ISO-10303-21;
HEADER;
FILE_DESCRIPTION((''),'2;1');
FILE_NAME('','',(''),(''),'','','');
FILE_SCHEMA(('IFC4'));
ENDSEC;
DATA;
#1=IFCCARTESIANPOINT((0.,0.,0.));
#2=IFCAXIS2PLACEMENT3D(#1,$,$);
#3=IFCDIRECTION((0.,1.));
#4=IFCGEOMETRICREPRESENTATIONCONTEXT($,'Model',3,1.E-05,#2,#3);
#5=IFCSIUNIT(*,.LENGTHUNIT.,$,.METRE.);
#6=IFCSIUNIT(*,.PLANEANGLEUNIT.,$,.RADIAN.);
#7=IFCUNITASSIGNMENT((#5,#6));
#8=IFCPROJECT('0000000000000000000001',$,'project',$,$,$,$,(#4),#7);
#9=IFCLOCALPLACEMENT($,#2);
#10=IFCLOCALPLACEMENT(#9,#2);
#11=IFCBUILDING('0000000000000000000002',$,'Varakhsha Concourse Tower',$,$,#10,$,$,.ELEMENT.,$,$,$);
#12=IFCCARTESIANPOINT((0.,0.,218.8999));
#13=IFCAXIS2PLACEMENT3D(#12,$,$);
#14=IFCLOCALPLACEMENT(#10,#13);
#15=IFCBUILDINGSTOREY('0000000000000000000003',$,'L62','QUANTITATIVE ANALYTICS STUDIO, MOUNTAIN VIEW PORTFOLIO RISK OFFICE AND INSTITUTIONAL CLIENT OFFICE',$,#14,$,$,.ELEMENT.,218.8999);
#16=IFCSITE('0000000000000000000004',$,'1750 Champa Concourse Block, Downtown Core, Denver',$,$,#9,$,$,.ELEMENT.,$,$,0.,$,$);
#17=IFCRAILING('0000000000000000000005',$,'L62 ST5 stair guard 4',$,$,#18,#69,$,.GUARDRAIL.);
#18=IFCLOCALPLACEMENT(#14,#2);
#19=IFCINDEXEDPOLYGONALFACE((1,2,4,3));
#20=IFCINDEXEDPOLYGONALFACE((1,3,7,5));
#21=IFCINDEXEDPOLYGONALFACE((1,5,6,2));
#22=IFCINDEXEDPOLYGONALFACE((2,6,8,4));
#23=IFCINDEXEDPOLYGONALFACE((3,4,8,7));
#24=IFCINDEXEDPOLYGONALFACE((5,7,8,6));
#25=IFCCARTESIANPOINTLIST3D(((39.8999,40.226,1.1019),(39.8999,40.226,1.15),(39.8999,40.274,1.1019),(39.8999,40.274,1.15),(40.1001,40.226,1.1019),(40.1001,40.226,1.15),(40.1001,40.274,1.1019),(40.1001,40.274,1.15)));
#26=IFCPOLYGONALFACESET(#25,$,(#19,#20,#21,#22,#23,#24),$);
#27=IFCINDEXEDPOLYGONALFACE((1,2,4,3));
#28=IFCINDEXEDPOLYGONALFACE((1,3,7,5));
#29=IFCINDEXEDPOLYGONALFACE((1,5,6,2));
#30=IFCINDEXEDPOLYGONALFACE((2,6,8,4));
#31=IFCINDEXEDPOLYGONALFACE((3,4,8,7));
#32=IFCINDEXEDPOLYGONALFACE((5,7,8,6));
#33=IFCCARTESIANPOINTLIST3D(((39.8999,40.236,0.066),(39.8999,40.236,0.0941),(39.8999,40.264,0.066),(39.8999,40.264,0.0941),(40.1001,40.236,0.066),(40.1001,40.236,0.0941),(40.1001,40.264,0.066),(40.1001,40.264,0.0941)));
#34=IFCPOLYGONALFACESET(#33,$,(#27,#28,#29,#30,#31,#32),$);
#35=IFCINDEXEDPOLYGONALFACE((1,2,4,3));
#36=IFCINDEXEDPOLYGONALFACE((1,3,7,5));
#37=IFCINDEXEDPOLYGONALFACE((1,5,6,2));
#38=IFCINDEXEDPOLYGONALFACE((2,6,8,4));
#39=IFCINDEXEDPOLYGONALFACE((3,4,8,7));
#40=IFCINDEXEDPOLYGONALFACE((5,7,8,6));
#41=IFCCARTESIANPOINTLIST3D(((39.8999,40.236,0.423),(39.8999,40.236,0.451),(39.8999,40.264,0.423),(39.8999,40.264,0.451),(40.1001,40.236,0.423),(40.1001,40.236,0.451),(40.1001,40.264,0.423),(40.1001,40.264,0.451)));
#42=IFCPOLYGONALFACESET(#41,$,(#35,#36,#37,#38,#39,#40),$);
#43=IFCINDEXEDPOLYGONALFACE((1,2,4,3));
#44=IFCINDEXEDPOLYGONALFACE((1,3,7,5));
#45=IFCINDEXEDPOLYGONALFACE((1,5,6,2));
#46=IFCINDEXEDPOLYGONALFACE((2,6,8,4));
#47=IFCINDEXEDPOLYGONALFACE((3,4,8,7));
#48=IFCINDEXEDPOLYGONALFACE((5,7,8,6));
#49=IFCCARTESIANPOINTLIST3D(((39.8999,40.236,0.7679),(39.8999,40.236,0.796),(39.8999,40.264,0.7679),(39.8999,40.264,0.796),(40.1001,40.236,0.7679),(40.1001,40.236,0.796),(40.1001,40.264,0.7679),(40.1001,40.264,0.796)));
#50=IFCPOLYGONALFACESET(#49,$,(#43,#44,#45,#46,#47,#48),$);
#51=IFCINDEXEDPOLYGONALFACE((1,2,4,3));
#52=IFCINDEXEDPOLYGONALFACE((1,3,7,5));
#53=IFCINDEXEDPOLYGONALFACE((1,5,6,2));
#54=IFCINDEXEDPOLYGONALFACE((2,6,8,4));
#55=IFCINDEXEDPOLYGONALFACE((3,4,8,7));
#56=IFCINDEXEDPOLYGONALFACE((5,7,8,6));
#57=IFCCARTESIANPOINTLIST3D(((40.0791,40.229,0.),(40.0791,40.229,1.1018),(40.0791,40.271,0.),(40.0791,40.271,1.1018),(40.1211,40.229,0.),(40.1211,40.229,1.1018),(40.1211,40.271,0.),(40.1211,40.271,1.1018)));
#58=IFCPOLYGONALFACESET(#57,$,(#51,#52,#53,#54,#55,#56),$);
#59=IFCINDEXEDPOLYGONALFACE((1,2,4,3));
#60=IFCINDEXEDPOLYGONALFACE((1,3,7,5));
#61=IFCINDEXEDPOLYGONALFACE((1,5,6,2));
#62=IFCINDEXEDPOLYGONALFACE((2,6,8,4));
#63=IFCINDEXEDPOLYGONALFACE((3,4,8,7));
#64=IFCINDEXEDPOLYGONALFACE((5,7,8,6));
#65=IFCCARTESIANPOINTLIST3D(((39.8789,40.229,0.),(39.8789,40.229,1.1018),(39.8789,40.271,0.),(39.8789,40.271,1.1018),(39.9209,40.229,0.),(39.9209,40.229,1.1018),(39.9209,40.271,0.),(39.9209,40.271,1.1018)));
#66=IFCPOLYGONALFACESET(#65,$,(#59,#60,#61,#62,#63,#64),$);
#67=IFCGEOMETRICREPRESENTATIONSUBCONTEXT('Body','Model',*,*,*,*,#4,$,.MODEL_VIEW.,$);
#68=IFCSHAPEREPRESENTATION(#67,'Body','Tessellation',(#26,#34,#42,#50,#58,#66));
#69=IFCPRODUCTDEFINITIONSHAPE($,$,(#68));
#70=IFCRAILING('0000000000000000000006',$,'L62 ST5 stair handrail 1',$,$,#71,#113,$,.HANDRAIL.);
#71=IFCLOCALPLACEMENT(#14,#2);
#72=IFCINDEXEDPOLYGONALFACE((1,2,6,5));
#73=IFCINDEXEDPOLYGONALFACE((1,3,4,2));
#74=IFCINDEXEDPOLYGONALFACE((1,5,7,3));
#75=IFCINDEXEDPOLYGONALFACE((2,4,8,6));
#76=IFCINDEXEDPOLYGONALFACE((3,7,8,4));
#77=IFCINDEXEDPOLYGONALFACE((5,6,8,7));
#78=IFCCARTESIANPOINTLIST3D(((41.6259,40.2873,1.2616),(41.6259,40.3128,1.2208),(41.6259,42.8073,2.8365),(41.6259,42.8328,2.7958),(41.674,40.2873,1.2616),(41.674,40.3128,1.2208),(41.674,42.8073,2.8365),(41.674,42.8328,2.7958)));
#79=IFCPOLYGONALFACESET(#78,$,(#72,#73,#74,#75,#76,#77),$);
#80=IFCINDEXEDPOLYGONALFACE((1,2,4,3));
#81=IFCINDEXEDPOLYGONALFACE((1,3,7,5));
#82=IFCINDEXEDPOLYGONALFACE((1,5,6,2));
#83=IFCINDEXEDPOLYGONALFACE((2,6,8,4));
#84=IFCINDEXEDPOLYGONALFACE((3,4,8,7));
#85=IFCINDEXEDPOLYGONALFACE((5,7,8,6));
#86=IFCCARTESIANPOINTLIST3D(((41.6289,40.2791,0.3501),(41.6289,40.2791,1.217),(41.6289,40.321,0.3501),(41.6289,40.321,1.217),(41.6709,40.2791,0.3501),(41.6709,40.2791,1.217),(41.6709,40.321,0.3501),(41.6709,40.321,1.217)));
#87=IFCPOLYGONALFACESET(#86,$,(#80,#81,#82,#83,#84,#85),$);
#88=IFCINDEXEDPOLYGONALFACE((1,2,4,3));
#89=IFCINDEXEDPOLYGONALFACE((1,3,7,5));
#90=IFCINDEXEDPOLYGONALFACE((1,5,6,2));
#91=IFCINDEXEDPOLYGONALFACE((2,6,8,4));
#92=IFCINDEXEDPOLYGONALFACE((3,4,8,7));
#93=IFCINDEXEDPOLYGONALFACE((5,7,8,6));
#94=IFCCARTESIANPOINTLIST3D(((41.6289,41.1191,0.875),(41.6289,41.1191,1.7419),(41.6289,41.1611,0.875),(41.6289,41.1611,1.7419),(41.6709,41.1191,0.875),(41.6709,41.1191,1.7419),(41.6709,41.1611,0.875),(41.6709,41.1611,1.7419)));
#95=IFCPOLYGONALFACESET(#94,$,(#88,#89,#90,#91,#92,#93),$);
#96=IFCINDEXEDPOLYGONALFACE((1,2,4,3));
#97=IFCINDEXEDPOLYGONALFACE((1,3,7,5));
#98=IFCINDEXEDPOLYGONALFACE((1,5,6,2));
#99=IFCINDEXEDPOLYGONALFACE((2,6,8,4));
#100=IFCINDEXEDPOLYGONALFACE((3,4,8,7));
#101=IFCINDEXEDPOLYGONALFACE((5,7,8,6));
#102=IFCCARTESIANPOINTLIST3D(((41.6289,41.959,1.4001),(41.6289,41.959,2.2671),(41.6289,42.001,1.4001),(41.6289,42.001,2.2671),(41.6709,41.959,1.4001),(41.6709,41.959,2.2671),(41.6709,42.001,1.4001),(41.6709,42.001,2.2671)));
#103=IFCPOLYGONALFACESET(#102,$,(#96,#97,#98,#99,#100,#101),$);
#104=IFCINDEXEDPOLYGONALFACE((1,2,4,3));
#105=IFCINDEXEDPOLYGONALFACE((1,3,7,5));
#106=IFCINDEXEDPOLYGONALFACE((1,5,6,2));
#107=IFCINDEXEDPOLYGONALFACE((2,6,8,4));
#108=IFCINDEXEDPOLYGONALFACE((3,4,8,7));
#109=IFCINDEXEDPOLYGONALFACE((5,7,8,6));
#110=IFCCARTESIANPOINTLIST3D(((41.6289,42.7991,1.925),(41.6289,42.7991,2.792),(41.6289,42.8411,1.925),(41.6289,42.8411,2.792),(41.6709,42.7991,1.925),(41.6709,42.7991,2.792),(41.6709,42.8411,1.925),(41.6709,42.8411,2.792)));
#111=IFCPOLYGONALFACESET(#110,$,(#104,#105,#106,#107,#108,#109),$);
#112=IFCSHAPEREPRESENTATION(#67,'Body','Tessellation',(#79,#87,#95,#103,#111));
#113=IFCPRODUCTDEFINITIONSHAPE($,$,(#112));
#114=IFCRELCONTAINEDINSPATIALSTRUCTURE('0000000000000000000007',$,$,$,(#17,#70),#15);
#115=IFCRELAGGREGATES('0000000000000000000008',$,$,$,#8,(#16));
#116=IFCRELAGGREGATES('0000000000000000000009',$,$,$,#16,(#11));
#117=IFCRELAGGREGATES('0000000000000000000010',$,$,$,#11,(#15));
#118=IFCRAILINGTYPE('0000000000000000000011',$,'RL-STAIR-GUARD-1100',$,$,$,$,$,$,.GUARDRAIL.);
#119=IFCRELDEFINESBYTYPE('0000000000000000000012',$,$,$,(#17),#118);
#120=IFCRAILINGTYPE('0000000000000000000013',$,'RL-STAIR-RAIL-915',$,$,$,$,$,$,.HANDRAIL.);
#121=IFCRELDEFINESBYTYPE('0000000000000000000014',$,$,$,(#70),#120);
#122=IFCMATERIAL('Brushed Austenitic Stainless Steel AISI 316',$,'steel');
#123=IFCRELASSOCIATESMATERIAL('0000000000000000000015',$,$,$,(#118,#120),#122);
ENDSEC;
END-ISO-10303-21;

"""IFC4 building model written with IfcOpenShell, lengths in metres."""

from ifc_helpers import new_model, si_unit, direction, frame, origin, origin_2d, place, context, subcontext, project, spatial, rectangle, extrude, material, type_object, element, save


model = new_model("IFC4")

# Units and contexts
model_context = context("Model", 3, precision=1e-05, world=origin(), true_north=direction((0.0, 1.0)))
body_context = subcontext(model_context, "Body", "Model", "MODEL_VIEW")
ifc_project = project(units=[si_unit("LENGTHUNIT", "METRE"), si_unit("PLANEANGLEUNIT", "RADIAN")], contexts=[model_context])

# Site, building, storey
site_placement = place(None, origin())
site = spatial("IfcSite", under=ifc_project, at=site_placement, Name="1750 Champa Concourse Block, Downtown Core, Denver", CompositionType="ELEMENT", RefElevation=0.0)
building_placement = place(site_placement, origin())
building = spatial("IfcBuilding", under=site, at=building_placement, Name="Varakhsha Concourse Tower", CompositionType="ELEMENT")
storey_placement = place(building_placement, frame((0.0, 0.0, 218.8999)))
storey = spatial("IfcBuildingStorey", under=building, at=storey_placement, Name="L62", Description="QUANTITATIVE ANALYTICS STUDIO, MOUNTAIN VIEW PORTFOLIO RISK OFFICE AND INSTITUTIONAL CLIENT OFFICE", CompositionType="ELEMENT", Elevation=218.8999)

# Railings
ifc_material_1 = material(Name="Brushed Austenitic Stainless Steel AISI 316", Category="steel")
railing_type_1 = type_object("IfcRailingType", Name="RL-STAIR-GUARD-1100", PredefinedType="GUARDRAIL", material=ifc_material_1)
railing_1_placement = place(storey_placement, frame((40.1001, 40.25, 0.0)))
element("IfcRailing", 1, at=railing_1_placement, inside=storey, type_object=railing_type_1, Name="L62 ST5 stair guard 4", PredefinedType="GUARDRAIL", context=body_context, shape_type="SweptSolid", body=[
    extrude(rectangle(XDim=0.0481, YDim=0.0481, at=origin_2d()), frame((0.0, 0.0, 1.126), z_axis=(-1.0, 0.0, 0.0), x_axis=(0.0, -1.0, 0.0)), (0.0, 0.0, 1.0), 0.2002),
    extrude(rectangle(XDim=0.0281, YDim=0.0281, at=origin_2d()), frame((0.0, 0.0, 0.0801), z_axis=(-1.0, 0.0, 0.0), x_axis=(0.0, -1.0, 0.0)), (0.0, 0.0, 1.0), 0.2002),
    extrude(rectangle(XDim=0.0281, YDim=0.0281, at=origin_2d()), frame((0.0, 0.0, 0.437), z_axis=(-1.0, 0.0, 0.0), x_axis=(0.0, -1.0, 0.0)), (0.0, 0.0, 1.0), 0.2002),
    extrude(rectangle(XDim=0.0281, YDim=0.0281, at=origin_2d()), frame((0.0, 0.0, 0.782), z_axis=(-1.0, 0.0, 0.0), x_axis=(0.0, -1.0, 0.0)), (0.0, 0.0, 1.0), 0.2002),
    extrude(rectangle(XDim=0.042, YDim=0.042, at=origin_2d()), origin(), (0.0, 0.0, 1.0), 1.1018),
    extrude(rectangle(XDim=0.042, YDim=0.042, at=origin_2d()), frame((-0.2002, 0.0, 0.0)), (0.0, 0.0, 1.0), 1.1018),
])
railing_type_2 = type_object("IfcRailingType", Name="RL-STAIR-RAIL-915", PredefinedType="HANDRAIL", material=ifc_material_1)
railing_2_placement = place(storey_placement, frame((41.6499, 40.3, 0.3501)))
element("IfcRailing", 2, at=railing_2_placement, inside=storey, type_object=railing_type_2, Name="L62 ST5 stair handrail 1", PredefinedType="HANDRAIL", context=body_context, shape_type="SweptSolid", body=[
    extrude(rectangle(XDim=0.0481, YDim=0.0481, at=origin_2d()), frame((0.0, 0.0, 0.8911), z_axis=(0.0, 0.848008, 0.529984), x_axis=(-1.0, 0.0, 0.0)), (0.0, 0.0, 1.0), 2.9717),
    extrude(rectangle(XDim=0.042, YDim=0.042, at=origin_2d()), origin(), (0.0, 0.0, 1.0), 0.8669),
    extrude(rectangle(XDim=0.042, YDim=0.042, at=origin_2d()), frame((0.0, 0.8401, 0.5249)), (0.0, 0.0, 1.0), 0.8669),
    extrude(rectangle(XDim=0.042, YDim=0.042, at=origin_2d()), frame((0.0, 1.6799, 1.05)), (0.0, 0.0, 1.0), 0.8669),
    extrude(rectangle(XDim=0.042, YDim=0.042, at=origin_2d()), frame((0.0, 2.52, 1.575)), (0.0, 0.0, 1.0), 0.8669),
])

save(model, "model.ifc")
